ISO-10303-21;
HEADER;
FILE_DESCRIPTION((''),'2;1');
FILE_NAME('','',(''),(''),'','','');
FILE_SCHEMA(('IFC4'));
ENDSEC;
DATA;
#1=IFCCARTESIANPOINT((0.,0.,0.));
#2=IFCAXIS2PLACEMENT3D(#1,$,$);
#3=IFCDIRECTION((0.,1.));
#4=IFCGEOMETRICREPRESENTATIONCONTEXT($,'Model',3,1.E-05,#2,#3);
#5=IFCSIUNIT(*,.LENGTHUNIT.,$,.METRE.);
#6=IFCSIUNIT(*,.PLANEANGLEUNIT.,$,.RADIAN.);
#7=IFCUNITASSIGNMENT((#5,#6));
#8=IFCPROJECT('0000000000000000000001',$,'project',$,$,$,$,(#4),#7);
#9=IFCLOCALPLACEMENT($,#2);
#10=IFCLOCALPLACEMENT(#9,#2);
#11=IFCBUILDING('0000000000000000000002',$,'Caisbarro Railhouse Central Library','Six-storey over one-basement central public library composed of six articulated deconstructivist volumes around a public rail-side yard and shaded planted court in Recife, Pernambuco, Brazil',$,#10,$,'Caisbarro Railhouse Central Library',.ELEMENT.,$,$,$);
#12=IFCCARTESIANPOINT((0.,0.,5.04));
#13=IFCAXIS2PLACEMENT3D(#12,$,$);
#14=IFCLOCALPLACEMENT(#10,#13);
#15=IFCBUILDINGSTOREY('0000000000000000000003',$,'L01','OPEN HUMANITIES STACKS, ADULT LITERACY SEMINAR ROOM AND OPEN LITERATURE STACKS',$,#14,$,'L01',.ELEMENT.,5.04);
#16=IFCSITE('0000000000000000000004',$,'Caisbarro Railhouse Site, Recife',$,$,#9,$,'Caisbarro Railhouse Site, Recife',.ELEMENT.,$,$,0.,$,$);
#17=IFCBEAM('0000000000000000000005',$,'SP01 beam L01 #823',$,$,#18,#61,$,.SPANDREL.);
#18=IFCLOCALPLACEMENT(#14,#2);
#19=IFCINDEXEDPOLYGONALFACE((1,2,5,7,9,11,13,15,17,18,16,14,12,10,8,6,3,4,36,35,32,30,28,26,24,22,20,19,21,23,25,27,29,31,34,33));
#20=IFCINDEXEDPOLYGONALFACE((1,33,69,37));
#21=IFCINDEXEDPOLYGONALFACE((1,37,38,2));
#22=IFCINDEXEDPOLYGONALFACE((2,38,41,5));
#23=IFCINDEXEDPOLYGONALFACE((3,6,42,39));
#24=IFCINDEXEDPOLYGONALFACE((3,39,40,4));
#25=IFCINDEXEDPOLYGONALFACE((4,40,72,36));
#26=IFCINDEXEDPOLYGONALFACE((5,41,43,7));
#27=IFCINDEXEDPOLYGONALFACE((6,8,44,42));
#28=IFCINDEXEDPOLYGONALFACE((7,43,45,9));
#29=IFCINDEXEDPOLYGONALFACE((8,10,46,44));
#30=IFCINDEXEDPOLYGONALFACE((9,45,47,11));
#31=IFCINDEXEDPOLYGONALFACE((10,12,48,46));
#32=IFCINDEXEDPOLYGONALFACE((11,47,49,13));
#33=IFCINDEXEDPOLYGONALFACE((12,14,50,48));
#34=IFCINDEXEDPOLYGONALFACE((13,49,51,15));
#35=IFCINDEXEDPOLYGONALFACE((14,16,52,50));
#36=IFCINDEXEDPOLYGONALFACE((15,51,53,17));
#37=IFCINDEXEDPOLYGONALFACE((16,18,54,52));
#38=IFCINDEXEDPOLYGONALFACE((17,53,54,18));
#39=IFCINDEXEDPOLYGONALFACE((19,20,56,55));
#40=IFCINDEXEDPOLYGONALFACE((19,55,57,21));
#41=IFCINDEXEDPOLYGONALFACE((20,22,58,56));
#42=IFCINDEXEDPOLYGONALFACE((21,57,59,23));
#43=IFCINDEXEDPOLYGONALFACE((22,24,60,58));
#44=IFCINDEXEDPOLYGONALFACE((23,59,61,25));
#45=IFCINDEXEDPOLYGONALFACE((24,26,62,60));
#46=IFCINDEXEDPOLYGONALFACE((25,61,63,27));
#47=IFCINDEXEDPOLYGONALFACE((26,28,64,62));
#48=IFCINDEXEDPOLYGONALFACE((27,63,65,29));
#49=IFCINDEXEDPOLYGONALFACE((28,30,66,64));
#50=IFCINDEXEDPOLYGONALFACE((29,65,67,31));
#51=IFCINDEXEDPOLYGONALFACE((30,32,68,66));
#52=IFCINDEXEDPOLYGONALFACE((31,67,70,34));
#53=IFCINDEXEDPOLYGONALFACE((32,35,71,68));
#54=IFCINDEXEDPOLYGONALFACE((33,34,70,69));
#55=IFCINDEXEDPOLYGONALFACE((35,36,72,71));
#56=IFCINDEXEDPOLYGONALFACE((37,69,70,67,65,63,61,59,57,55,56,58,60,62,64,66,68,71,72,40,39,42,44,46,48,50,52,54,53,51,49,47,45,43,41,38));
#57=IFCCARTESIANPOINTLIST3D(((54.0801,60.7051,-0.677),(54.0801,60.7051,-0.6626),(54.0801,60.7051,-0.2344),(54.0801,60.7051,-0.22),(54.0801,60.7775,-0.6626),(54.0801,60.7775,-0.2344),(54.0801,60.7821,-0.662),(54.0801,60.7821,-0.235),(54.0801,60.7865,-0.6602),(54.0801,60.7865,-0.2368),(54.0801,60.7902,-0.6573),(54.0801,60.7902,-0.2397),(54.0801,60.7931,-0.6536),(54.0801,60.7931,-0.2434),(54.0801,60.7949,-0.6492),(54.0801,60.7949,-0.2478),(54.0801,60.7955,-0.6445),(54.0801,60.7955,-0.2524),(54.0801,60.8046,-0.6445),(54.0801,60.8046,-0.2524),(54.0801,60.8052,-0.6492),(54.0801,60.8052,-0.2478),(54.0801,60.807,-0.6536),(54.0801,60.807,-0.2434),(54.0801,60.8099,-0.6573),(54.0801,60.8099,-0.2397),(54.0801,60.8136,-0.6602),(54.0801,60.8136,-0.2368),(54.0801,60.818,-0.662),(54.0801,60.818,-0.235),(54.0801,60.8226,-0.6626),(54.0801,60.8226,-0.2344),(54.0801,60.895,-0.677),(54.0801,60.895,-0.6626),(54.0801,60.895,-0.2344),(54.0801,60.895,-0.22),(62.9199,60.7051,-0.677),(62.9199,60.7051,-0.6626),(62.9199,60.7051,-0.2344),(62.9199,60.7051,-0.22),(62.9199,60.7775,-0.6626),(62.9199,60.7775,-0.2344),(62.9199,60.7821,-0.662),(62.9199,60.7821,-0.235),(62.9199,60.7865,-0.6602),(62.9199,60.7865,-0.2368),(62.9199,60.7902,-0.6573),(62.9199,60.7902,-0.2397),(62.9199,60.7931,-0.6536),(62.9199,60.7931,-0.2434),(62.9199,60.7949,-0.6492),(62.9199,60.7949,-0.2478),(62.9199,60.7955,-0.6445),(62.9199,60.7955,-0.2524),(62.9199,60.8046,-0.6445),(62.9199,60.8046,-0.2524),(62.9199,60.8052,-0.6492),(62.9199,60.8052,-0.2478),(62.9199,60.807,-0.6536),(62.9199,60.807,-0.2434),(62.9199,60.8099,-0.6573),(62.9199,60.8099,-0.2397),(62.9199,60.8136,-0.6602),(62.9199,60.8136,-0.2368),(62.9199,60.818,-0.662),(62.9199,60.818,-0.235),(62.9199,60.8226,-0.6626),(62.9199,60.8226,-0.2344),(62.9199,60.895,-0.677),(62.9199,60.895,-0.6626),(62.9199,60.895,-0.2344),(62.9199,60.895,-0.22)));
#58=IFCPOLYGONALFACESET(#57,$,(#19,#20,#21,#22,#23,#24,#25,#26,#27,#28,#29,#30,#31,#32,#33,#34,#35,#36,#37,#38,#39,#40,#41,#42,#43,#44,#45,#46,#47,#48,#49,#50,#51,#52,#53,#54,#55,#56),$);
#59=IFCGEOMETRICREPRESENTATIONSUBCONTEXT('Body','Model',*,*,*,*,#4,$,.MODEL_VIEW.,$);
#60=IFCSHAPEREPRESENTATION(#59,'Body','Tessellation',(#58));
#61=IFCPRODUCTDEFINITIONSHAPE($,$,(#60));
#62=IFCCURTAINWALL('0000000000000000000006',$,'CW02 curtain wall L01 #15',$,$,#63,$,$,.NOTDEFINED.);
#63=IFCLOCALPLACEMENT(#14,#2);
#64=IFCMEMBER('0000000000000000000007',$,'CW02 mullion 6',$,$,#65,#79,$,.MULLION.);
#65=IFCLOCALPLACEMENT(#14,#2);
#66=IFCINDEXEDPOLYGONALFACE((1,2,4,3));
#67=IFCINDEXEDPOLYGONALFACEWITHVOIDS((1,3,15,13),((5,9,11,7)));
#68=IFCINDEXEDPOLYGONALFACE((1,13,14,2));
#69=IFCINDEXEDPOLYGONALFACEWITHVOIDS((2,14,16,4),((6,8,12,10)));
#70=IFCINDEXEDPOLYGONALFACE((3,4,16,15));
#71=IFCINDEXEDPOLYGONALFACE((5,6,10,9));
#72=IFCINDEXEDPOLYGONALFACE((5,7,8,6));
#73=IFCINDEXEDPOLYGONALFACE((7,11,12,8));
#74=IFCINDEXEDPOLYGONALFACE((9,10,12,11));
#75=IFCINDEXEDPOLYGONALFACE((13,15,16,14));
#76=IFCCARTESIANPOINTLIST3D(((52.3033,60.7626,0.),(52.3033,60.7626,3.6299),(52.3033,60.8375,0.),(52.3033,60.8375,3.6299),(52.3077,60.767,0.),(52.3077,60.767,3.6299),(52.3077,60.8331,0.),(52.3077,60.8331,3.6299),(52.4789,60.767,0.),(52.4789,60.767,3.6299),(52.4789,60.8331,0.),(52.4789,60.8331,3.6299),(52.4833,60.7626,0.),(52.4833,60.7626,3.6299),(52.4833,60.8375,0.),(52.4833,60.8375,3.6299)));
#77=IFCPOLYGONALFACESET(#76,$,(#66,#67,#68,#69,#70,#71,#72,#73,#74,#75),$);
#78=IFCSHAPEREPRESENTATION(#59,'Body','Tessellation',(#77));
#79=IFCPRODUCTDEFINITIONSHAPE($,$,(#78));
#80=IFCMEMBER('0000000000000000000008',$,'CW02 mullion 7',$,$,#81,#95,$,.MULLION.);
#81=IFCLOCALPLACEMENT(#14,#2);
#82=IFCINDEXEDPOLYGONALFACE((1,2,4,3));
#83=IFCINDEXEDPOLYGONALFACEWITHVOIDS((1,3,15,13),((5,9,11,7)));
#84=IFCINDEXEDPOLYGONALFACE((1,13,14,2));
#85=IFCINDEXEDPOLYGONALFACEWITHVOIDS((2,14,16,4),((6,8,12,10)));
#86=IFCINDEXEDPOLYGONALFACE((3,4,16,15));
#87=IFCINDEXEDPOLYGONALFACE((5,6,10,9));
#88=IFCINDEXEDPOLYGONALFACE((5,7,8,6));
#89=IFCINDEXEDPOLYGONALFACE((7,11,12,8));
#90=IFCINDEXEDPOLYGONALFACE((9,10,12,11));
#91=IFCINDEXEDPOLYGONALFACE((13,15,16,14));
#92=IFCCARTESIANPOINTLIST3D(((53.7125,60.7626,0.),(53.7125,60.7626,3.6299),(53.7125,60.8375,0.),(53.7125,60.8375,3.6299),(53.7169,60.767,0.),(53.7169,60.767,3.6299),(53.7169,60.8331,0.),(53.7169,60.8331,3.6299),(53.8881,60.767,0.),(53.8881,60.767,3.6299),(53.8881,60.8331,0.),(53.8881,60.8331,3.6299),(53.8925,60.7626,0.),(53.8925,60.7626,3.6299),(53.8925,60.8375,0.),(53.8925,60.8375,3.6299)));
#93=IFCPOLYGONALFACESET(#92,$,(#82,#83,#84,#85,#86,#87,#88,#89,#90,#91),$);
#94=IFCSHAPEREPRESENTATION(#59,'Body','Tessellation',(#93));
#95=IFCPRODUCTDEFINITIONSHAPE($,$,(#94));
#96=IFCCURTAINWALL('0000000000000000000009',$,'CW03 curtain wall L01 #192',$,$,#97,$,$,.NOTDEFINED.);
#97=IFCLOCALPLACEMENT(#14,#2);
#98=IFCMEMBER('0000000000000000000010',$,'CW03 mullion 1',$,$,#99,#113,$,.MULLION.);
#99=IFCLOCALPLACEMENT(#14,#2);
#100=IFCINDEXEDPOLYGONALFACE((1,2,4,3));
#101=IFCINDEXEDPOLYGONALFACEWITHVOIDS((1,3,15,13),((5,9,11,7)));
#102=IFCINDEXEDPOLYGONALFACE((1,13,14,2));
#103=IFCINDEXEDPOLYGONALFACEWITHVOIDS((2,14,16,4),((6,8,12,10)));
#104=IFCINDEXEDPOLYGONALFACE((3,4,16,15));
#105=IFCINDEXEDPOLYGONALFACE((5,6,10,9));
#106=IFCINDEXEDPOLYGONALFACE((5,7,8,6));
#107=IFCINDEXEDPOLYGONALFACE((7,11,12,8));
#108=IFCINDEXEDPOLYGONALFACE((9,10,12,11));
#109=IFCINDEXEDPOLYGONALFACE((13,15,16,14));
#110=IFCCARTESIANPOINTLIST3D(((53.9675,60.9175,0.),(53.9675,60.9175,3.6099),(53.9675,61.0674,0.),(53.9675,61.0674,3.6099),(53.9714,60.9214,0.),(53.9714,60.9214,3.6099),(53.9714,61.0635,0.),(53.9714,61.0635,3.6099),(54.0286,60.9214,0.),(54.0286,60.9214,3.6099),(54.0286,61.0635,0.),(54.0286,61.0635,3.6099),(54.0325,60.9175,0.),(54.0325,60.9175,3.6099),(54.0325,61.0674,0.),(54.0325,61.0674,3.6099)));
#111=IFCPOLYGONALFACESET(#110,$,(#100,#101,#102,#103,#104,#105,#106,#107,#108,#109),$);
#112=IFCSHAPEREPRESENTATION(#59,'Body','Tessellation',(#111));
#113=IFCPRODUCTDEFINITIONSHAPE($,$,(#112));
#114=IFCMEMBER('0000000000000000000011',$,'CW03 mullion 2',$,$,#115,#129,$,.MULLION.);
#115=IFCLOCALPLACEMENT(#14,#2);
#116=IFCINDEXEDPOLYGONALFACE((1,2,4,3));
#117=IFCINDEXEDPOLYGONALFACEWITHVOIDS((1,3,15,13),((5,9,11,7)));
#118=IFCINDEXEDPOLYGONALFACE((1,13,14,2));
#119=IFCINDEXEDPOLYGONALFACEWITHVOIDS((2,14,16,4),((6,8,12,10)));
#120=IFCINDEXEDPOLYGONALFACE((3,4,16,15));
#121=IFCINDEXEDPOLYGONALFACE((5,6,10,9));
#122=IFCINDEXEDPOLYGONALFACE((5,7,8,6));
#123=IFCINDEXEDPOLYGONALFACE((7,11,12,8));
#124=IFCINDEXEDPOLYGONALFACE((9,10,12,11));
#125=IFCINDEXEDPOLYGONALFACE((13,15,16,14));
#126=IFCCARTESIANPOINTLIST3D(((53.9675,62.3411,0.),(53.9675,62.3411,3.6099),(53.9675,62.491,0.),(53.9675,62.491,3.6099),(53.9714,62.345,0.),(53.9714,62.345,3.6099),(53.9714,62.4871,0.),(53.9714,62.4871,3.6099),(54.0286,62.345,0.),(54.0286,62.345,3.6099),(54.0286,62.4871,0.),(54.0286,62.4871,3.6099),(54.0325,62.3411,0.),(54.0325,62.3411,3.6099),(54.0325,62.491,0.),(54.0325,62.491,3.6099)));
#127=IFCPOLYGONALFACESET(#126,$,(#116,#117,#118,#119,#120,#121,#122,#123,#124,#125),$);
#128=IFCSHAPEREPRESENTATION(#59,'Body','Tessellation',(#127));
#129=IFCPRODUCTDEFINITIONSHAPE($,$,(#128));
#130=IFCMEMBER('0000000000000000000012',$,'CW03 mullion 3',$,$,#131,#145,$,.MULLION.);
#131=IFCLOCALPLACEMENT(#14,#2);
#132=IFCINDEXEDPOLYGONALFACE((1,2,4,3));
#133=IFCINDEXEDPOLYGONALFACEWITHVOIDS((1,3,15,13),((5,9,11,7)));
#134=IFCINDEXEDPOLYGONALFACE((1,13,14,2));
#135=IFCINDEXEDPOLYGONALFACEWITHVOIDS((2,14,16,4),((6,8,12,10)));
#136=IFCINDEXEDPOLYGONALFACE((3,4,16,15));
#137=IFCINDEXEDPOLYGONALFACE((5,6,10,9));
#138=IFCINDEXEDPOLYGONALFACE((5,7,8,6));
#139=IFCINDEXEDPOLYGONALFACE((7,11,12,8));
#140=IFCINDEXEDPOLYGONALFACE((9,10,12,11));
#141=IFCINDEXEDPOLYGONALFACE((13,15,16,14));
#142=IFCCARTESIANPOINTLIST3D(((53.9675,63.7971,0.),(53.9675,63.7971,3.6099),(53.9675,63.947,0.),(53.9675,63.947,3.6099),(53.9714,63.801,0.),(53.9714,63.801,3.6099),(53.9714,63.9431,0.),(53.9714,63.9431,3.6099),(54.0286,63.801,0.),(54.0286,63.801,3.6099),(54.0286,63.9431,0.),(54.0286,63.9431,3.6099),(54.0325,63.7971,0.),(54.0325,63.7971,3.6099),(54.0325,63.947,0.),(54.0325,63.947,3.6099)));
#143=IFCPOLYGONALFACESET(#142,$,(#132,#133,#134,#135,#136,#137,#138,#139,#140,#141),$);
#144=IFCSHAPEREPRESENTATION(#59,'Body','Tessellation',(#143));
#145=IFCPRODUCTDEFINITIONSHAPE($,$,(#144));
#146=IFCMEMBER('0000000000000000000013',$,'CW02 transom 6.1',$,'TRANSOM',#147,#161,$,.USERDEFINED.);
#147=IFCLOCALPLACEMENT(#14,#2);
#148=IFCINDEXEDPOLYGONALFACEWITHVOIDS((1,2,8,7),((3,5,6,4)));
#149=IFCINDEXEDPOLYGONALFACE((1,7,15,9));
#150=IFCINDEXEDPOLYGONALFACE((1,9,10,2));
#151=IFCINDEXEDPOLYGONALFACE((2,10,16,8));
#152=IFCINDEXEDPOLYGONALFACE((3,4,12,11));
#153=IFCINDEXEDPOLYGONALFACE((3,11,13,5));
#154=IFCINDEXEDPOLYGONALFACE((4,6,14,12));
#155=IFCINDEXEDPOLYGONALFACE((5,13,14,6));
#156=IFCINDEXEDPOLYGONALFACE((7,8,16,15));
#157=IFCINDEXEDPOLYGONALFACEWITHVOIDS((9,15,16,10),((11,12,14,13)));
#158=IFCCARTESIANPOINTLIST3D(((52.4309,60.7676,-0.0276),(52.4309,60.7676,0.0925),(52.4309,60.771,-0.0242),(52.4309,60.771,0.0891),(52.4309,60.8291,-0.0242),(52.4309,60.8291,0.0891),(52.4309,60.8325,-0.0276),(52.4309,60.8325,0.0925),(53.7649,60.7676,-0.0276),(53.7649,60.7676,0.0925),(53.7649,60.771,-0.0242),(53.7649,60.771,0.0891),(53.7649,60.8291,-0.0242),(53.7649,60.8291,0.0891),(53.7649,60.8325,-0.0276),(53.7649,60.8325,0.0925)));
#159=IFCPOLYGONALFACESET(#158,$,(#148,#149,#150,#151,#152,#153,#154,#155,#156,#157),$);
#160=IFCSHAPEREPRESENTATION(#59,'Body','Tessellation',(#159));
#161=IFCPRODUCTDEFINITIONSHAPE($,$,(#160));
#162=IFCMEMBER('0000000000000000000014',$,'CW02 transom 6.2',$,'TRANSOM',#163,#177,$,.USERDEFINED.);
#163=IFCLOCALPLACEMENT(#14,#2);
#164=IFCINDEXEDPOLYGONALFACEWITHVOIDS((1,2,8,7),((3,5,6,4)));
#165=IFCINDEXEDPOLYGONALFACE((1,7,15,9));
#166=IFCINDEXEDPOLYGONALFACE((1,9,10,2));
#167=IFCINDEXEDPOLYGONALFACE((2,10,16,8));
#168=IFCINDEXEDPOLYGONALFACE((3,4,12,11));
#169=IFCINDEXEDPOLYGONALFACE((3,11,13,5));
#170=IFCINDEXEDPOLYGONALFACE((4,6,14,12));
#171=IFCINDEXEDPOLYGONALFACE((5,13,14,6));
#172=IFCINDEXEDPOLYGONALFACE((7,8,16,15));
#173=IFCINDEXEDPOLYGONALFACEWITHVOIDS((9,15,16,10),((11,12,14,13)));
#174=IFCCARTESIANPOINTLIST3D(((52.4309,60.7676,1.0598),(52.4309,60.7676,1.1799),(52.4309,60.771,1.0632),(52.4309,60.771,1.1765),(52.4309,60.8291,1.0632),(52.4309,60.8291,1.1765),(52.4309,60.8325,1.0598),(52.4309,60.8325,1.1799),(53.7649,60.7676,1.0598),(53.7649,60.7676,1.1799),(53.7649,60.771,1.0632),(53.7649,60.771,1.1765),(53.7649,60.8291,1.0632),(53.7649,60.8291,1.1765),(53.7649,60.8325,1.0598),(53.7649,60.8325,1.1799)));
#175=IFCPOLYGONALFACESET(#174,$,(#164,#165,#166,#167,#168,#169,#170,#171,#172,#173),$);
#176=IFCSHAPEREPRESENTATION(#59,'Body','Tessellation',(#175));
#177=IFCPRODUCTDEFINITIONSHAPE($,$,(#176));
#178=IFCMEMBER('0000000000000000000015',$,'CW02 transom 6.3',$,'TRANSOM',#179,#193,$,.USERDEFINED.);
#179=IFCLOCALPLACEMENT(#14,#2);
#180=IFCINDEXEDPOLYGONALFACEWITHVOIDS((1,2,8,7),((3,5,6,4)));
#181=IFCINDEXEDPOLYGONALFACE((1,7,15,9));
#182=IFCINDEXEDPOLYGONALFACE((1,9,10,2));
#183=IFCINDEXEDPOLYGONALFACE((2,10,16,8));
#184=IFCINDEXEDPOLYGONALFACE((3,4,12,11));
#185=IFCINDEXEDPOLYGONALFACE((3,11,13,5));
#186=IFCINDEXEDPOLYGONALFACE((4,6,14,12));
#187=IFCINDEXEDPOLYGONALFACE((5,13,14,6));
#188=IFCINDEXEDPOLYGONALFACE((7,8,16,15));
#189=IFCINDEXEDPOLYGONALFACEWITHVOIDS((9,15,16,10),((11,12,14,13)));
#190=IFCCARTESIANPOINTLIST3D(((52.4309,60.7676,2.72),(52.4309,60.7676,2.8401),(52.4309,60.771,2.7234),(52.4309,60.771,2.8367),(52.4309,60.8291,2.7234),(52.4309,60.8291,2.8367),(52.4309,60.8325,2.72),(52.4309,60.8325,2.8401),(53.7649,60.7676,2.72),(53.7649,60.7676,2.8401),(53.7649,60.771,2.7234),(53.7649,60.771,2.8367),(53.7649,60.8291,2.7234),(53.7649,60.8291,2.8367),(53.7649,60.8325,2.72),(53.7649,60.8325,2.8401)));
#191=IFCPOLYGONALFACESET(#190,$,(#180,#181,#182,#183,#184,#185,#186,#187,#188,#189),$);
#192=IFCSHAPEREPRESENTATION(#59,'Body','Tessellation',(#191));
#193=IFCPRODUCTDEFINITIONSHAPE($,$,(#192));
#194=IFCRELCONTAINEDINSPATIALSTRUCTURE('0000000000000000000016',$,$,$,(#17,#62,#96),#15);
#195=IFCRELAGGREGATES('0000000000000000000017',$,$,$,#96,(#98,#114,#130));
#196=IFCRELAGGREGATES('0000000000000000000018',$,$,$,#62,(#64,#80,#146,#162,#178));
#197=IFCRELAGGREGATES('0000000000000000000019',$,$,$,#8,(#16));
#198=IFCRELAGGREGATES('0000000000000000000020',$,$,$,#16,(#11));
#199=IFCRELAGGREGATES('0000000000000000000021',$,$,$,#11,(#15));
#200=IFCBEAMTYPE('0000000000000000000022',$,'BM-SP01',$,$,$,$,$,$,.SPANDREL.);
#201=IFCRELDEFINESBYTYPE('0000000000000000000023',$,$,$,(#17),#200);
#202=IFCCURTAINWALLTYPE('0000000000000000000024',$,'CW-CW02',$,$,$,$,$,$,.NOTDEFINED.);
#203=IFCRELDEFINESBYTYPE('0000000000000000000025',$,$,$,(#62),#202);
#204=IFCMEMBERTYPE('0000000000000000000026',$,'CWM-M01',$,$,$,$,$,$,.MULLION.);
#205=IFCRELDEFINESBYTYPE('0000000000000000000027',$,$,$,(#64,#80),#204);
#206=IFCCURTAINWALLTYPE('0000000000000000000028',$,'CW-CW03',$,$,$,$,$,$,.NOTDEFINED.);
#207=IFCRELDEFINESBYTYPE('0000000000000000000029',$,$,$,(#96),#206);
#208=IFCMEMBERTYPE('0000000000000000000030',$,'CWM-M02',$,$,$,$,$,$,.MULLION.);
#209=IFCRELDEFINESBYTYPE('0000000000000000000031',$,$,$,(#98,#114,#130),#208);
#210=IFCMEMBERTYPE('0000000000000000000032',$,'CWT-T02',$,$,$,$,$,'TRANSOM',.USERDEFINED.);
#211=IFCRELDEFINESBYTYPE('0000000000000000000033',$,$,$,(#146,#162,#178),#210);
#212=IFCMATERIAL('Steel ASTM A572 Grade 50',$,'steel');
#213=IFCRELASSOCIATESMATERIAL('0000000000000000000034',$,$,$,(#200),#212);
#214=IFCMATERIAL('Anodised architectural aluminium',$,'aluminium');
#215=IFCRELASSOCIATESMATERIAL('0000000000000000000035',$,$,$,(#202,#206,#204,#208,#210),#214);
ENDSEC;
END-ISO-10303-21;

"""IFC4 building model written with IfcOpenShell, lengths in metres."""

from ifc_helpers import new_model, si_unit, direction, frame, origin, origin_2d, place, context, subcontext, project, spatial, hollow_rectangle, i_section, extrude, material, material_profile, profile_set, type_object, element, aggregate, save


model = new_model("IFC4")

# Units and contexts
model_context = context("Model", 3, precision=1e-05, world=origin(), true_north=direction((0.0, 1.0)))
body_context = subcontext(model_context, "Body", "Model", "MODEL_VIEW")
ifc_project = project(units=[si_unit("LENGTHUNIT", "METRE"), si_unit("PLANEANGLEUNIT", "RADIAN")], contexts=[model_context])

# Site, building, storey
site_placement = place(None, origin())
site = spatial("IfcSite", under=ifc_project, at=site_placement, Name="Caisbarro Railhouse Site, Recife", LongName="Caisbarro Railhouse Site, Recife", CompositionType="ELEMENT", RefElevation=0.0)
building_placement = place(site_placement, origin())
building = spatial("IfcBuilding", under=site, at=building_placement, Name="Caisbarro Railhouse Central Library", Description="Six-storey over one-basement central public library composed of six articulated deconstructivist volumes around a public rail-side yard and shaded planted court in Recife, Pernambuco, Brazil", LongName="Caisbarro Railhouse Central Library", CompositionType="ELEMENT")
storey_placement = place(building_placement, frame((0.0, 0.0, 5.04)))
storey = spatial("IfcBuildingStorey", under=building, at=storey_placement, Name="L01", Description="OPEN HUMANITIES STACKS, ADULT LITERACY SEMINAR ROOM AND OPEN LITERATURE STACKS", LongName="L01", CompositionType="ELEMENT", Elevation=5.04)

# Shared definitions
ifc_material_1 = material(Name="Steel ASTM A572 Grade 50", Category="steel")

# Beam
ifc_material_profile_1 = material_profile(ifc_material_1, i_section(OverallWidth=0.1899, OverallDepth=0.457, WebThickness=0.009, FlangeThickness=0.0144, FilletRadius=0.0181, at=origin_2d()), Name="W460X74.0")
ifc_profile_set_1 = profile_set([ifc_material_profile_1], Name="Steel ASTM A572 Grade 50")
beam_type_1 = type_object("IfcBeamType", Name="BM-SP01", PredefinedType="SPANDREL", material=ifc_profile_set_1)
beam_1_placement = place(storey_placement, frame((54.0801, 60.8, -0.4485), z_axis=(1.0, 0.0, 0.0), x_axis=(0.0, 1.0, 0.0)))
element("IfcBeam", 1, at=beam_1_placement, inside=storey, type_object=beam_type_1, Name="SP01 beam L01 #823", PredefinedType="SPANDREL", context=body_context, shape_type="SweptSolid", body=[
    extrude(i_section(OverallWidth=0.1899, OverallDepth=0.457, WebThickness=0.009, FlangeThickness=0.0144, FilletRadius=0.0181, at=origin_2d()), origin(), (0.0, 0.0, 1.0), 8.8398),
])

# Curtain walls, members
ifc_material_2 = material(Name="Anodised architectural aluminium", Category="aluminium")
curtain_wall_type_1 = type_object("IfcCurtainWallType", Name="CW-CW02", PredefinedType="NOTDEFINED", material=ifc_material_2)
curtain_wall_1_placement = place(storey_placement, origin())
curtain_wall_1 = element("IfcCurtainWall", 2, at=curtain_wall_1_placement, inside=storey, type_object=curtain_wall_type_1, Name="CW02 curtain wall L01 #15", PredefinedType="NOTDEFINED")
ifc_material_profile_2 = material_profile(ifc_material_2, hollow_rectangle(XDim=0.075, YDim=0.1799, WallThickness=0.0044, at=origin_2d()), Name="ALU-MUL-75X180")
ifc_profile_set_2 = profile_set([ifc_material_profile_2], Name="Anodised architectural aluminium")
member_type_1 = type_object("IfcMemberType", Name="CWM-M01", PredefinedType="MULLION", material=ifc_profile_set_2)
member_1_placement = place(storey_placement, frame((52.3933, 60.8, 0.0), z_axis=(0.0, 0.0, 1.0), x_axis=(0.0, 1.0, 0.0)))
member_1 = element("IfcMember", 3, at=member_1_placement, type_object=member_type_1, Name="CW02 mullion 6", PredefinedType="MULLION", context=body_context, shape_type="SweptSolid", body=[
    extrude(hollow_rectangle(XDim=0.075, YDim=0.1799, WallThickness=0.0044, at=origin_2d()), origin(), (0.0, 0.0, 1.0), 3.6299),
])
member_2_placement = place(storey_placement, frame((53.8025, 60.8, 0.0), z_axis=(0.0, 0.0, 1.0), x_axis=(0.0, 1.0, 0.0)))
member_2 = element("IfcMember", 4, at=member_2_placement, type_object=member_type_1, Name="CW02 mullion 7", PredefinedType="MULLION", context=body_context, shape_type="SweptSolid", body=[
    extrude(hollow_rectangle(XDim=0.075, YDim=0.1799, WallThickness=0.0044, at=origin_2d()), origin(), (0.0, 0.0, 1.0), 3.6299),
])
curtain_wall_type_2 = type_object("IfcCurtainWallType", Name="CW-CW03", PredefinedType="NOTDEFINED", material=ifc_material_2)
curtain_wall_2_placement = place(storey_placement, origin())
curtain_wall_2 = element("IfcCurtainWall", 5, at=curtain_wall_2_placement, inside=storey, type_object=curtain_wall_type_2, Name="CW03 curtain wall L01 #192", PredefinedType="NOTDEFINED")
ifc_material_profile_3 = material_profile(ifc_material_2, hollow_rectangle(XDim=0.0649, YDim=0.1499, WallThickness=0.0039, at=origin_2d()), Name="ALU-MUL-65X150")
ifc_profile_set_3 = profile_set([ifc_material_profile_3], Name="Anodised architectural aluminium")
member_type_2 = type_object("IfcMemberType", Name="CWM-M02", PredefinedType="MULLION", material=ifc_profile_set_3)
member_3_placement = place(storey_placement, frame((54.0, 60.9924, 0.0), z_axis=(0.0, 0.0, 1.0), x_axis=(-1.0, 0.0, 0.0)))
member_3 = element("IfcMember", 6, at=member_3_placement, type_object=member_type_2, Name="CW03 mullion 1", PredefinedType="MULLION", context=body_context, shape_type="SweptSolid", body=[
    extrude(hollow_rectangle(XDim=0.0649, YDim=0.1499, WallThickness=0.0039, at=origin_2d()), origin(), (0.0, 0.0, 1.0), 3.6099),
])
member_4_placement = place(storey_placement, frame((54.0, 62.416, 0.0), z_axis=(0.0, 0.0, 1.0), x_axis=(-1.0, 0.0, 0.0)))
member_4 = element("IfcMember", 7, at=member_4_placement, type_object=member_type_2, Name="CW03 mullion 2", PredefinedType="MULLION", context=body_context, shape_type="SweptSolid", body=[
    extrude(hollow_rectangle(XDim=0.0649, YDim=0.1499, WallThickness=0.0039, at=origin_2d()), origin(), (0.0, 0.0, 1.0), 3.6099),
])
member_5_placement = place(storey_placement, frame((54.0, 63.8721, 0.0), z_axis=(0.0, 0.0, 1.0), x_axis=(-1.0, 0.0, 0.0)))
member_5 = element("IfcMember", 8, at=member_5_placement, type_object=member_type_2, Name="CW03 mullion 3", PredefinedType="MULLION", context=body_context, shape_type="SweptSolid", body=[
    extrude(hollow_rectangle(XDim=0.0649, YDim=0.1499, WallThickness=0.0039, at=origin_2d()), origin(), (0.0, 0.0, 1.0), 3.6099),
])

# Members
ifc_material_profile_4 = material_profile(ifc_material_2, hollow_rectangle(XDim=0.0649, YDim=0.1201, WallThickness=0.0034, at=origin_2d()), Name="ALU-TRN-65X120")
ifc_profile_set_4 = profile_set([ifc_material_profile_4], Name="Anodised architectural aluminium")
member_type_3 = type_object("IfcMemberType", Name="CWT-T02", ElementType="TRANSOM", PredefinedType="USERDEFINED", material=ifc_profile_set_4)
member_6_placement = place(storey_placement, frame((52.4309, 60.8, 0.0325), z_axis=(1.0, 0.0, 0.0), x_axis=(0.0, 1.0, 0.0)))
member_6 = element("IfcMember", 9, at=member_6_placement, type_object=member_type_3, Name="CW02 transom 6.1", ObjectType="TRANSOM", PredefinedType="USERDEFINED", context=body_context, shape_type="SweptSolid", body=[
    extrude(hollow_rectangle(XDim=0.0649, YDim=0.1201, WallThickness=0.0034, at=origin_2d()), origin(), (0.0, 0.0, 1.0), 1.334),
])
member_7_placement = place(storey_placement, frame((52.4309, 60.8, 1.1199), z_axis=(1.0, 0.0, 0.0), x_axis=(0.0, 1.0, 0.0)))
member_7 = element("IfcMember", 10, at=member_7_placement, type_object=member_type_3, Name="CW02 transom 6.2", ObjectType="TRANSOM", PredefinedType="USERDEFINED", context=body_context, shape_type="SweptSolid", body=[
    extrude(hollow_rectangle(XDim=0.0649, YDim=0.1201, WallThickness=0.0034, at=origin_2d()), origin(), (0.0, 0.0, 1.0), 1.334),
])
member_8_placement = place(storey_placement, frame((52.4309, 60.8, 2.78), z_axis=(1.0, 0.0, 0.0), x_axis=(0.0, 1.0, 0.0)))
member_8 = element("IfcMember", 11, at=member_8_placement, type_object=member_type_3, Name="CW02 transom 6.3", ObjectType="TRANSOM", PredefinedType="USERDEFINED", context=body_context, shape_type="SweptSolid", body=[
    extrude(hollow_rectangle(XDim=0.0649, YDim=0.1201, WallThickness=0.0034, at=origin_2d()), origin(), (0.0, 0.0, 1.0), 1.334),
])

aggregate(curtain_wall_2, [member_3, member_4, member_5])
aggregate(curtain_wall_1, [member_1, member_2, member_6, member_7, member_8])

save(model, "model.ifc")
